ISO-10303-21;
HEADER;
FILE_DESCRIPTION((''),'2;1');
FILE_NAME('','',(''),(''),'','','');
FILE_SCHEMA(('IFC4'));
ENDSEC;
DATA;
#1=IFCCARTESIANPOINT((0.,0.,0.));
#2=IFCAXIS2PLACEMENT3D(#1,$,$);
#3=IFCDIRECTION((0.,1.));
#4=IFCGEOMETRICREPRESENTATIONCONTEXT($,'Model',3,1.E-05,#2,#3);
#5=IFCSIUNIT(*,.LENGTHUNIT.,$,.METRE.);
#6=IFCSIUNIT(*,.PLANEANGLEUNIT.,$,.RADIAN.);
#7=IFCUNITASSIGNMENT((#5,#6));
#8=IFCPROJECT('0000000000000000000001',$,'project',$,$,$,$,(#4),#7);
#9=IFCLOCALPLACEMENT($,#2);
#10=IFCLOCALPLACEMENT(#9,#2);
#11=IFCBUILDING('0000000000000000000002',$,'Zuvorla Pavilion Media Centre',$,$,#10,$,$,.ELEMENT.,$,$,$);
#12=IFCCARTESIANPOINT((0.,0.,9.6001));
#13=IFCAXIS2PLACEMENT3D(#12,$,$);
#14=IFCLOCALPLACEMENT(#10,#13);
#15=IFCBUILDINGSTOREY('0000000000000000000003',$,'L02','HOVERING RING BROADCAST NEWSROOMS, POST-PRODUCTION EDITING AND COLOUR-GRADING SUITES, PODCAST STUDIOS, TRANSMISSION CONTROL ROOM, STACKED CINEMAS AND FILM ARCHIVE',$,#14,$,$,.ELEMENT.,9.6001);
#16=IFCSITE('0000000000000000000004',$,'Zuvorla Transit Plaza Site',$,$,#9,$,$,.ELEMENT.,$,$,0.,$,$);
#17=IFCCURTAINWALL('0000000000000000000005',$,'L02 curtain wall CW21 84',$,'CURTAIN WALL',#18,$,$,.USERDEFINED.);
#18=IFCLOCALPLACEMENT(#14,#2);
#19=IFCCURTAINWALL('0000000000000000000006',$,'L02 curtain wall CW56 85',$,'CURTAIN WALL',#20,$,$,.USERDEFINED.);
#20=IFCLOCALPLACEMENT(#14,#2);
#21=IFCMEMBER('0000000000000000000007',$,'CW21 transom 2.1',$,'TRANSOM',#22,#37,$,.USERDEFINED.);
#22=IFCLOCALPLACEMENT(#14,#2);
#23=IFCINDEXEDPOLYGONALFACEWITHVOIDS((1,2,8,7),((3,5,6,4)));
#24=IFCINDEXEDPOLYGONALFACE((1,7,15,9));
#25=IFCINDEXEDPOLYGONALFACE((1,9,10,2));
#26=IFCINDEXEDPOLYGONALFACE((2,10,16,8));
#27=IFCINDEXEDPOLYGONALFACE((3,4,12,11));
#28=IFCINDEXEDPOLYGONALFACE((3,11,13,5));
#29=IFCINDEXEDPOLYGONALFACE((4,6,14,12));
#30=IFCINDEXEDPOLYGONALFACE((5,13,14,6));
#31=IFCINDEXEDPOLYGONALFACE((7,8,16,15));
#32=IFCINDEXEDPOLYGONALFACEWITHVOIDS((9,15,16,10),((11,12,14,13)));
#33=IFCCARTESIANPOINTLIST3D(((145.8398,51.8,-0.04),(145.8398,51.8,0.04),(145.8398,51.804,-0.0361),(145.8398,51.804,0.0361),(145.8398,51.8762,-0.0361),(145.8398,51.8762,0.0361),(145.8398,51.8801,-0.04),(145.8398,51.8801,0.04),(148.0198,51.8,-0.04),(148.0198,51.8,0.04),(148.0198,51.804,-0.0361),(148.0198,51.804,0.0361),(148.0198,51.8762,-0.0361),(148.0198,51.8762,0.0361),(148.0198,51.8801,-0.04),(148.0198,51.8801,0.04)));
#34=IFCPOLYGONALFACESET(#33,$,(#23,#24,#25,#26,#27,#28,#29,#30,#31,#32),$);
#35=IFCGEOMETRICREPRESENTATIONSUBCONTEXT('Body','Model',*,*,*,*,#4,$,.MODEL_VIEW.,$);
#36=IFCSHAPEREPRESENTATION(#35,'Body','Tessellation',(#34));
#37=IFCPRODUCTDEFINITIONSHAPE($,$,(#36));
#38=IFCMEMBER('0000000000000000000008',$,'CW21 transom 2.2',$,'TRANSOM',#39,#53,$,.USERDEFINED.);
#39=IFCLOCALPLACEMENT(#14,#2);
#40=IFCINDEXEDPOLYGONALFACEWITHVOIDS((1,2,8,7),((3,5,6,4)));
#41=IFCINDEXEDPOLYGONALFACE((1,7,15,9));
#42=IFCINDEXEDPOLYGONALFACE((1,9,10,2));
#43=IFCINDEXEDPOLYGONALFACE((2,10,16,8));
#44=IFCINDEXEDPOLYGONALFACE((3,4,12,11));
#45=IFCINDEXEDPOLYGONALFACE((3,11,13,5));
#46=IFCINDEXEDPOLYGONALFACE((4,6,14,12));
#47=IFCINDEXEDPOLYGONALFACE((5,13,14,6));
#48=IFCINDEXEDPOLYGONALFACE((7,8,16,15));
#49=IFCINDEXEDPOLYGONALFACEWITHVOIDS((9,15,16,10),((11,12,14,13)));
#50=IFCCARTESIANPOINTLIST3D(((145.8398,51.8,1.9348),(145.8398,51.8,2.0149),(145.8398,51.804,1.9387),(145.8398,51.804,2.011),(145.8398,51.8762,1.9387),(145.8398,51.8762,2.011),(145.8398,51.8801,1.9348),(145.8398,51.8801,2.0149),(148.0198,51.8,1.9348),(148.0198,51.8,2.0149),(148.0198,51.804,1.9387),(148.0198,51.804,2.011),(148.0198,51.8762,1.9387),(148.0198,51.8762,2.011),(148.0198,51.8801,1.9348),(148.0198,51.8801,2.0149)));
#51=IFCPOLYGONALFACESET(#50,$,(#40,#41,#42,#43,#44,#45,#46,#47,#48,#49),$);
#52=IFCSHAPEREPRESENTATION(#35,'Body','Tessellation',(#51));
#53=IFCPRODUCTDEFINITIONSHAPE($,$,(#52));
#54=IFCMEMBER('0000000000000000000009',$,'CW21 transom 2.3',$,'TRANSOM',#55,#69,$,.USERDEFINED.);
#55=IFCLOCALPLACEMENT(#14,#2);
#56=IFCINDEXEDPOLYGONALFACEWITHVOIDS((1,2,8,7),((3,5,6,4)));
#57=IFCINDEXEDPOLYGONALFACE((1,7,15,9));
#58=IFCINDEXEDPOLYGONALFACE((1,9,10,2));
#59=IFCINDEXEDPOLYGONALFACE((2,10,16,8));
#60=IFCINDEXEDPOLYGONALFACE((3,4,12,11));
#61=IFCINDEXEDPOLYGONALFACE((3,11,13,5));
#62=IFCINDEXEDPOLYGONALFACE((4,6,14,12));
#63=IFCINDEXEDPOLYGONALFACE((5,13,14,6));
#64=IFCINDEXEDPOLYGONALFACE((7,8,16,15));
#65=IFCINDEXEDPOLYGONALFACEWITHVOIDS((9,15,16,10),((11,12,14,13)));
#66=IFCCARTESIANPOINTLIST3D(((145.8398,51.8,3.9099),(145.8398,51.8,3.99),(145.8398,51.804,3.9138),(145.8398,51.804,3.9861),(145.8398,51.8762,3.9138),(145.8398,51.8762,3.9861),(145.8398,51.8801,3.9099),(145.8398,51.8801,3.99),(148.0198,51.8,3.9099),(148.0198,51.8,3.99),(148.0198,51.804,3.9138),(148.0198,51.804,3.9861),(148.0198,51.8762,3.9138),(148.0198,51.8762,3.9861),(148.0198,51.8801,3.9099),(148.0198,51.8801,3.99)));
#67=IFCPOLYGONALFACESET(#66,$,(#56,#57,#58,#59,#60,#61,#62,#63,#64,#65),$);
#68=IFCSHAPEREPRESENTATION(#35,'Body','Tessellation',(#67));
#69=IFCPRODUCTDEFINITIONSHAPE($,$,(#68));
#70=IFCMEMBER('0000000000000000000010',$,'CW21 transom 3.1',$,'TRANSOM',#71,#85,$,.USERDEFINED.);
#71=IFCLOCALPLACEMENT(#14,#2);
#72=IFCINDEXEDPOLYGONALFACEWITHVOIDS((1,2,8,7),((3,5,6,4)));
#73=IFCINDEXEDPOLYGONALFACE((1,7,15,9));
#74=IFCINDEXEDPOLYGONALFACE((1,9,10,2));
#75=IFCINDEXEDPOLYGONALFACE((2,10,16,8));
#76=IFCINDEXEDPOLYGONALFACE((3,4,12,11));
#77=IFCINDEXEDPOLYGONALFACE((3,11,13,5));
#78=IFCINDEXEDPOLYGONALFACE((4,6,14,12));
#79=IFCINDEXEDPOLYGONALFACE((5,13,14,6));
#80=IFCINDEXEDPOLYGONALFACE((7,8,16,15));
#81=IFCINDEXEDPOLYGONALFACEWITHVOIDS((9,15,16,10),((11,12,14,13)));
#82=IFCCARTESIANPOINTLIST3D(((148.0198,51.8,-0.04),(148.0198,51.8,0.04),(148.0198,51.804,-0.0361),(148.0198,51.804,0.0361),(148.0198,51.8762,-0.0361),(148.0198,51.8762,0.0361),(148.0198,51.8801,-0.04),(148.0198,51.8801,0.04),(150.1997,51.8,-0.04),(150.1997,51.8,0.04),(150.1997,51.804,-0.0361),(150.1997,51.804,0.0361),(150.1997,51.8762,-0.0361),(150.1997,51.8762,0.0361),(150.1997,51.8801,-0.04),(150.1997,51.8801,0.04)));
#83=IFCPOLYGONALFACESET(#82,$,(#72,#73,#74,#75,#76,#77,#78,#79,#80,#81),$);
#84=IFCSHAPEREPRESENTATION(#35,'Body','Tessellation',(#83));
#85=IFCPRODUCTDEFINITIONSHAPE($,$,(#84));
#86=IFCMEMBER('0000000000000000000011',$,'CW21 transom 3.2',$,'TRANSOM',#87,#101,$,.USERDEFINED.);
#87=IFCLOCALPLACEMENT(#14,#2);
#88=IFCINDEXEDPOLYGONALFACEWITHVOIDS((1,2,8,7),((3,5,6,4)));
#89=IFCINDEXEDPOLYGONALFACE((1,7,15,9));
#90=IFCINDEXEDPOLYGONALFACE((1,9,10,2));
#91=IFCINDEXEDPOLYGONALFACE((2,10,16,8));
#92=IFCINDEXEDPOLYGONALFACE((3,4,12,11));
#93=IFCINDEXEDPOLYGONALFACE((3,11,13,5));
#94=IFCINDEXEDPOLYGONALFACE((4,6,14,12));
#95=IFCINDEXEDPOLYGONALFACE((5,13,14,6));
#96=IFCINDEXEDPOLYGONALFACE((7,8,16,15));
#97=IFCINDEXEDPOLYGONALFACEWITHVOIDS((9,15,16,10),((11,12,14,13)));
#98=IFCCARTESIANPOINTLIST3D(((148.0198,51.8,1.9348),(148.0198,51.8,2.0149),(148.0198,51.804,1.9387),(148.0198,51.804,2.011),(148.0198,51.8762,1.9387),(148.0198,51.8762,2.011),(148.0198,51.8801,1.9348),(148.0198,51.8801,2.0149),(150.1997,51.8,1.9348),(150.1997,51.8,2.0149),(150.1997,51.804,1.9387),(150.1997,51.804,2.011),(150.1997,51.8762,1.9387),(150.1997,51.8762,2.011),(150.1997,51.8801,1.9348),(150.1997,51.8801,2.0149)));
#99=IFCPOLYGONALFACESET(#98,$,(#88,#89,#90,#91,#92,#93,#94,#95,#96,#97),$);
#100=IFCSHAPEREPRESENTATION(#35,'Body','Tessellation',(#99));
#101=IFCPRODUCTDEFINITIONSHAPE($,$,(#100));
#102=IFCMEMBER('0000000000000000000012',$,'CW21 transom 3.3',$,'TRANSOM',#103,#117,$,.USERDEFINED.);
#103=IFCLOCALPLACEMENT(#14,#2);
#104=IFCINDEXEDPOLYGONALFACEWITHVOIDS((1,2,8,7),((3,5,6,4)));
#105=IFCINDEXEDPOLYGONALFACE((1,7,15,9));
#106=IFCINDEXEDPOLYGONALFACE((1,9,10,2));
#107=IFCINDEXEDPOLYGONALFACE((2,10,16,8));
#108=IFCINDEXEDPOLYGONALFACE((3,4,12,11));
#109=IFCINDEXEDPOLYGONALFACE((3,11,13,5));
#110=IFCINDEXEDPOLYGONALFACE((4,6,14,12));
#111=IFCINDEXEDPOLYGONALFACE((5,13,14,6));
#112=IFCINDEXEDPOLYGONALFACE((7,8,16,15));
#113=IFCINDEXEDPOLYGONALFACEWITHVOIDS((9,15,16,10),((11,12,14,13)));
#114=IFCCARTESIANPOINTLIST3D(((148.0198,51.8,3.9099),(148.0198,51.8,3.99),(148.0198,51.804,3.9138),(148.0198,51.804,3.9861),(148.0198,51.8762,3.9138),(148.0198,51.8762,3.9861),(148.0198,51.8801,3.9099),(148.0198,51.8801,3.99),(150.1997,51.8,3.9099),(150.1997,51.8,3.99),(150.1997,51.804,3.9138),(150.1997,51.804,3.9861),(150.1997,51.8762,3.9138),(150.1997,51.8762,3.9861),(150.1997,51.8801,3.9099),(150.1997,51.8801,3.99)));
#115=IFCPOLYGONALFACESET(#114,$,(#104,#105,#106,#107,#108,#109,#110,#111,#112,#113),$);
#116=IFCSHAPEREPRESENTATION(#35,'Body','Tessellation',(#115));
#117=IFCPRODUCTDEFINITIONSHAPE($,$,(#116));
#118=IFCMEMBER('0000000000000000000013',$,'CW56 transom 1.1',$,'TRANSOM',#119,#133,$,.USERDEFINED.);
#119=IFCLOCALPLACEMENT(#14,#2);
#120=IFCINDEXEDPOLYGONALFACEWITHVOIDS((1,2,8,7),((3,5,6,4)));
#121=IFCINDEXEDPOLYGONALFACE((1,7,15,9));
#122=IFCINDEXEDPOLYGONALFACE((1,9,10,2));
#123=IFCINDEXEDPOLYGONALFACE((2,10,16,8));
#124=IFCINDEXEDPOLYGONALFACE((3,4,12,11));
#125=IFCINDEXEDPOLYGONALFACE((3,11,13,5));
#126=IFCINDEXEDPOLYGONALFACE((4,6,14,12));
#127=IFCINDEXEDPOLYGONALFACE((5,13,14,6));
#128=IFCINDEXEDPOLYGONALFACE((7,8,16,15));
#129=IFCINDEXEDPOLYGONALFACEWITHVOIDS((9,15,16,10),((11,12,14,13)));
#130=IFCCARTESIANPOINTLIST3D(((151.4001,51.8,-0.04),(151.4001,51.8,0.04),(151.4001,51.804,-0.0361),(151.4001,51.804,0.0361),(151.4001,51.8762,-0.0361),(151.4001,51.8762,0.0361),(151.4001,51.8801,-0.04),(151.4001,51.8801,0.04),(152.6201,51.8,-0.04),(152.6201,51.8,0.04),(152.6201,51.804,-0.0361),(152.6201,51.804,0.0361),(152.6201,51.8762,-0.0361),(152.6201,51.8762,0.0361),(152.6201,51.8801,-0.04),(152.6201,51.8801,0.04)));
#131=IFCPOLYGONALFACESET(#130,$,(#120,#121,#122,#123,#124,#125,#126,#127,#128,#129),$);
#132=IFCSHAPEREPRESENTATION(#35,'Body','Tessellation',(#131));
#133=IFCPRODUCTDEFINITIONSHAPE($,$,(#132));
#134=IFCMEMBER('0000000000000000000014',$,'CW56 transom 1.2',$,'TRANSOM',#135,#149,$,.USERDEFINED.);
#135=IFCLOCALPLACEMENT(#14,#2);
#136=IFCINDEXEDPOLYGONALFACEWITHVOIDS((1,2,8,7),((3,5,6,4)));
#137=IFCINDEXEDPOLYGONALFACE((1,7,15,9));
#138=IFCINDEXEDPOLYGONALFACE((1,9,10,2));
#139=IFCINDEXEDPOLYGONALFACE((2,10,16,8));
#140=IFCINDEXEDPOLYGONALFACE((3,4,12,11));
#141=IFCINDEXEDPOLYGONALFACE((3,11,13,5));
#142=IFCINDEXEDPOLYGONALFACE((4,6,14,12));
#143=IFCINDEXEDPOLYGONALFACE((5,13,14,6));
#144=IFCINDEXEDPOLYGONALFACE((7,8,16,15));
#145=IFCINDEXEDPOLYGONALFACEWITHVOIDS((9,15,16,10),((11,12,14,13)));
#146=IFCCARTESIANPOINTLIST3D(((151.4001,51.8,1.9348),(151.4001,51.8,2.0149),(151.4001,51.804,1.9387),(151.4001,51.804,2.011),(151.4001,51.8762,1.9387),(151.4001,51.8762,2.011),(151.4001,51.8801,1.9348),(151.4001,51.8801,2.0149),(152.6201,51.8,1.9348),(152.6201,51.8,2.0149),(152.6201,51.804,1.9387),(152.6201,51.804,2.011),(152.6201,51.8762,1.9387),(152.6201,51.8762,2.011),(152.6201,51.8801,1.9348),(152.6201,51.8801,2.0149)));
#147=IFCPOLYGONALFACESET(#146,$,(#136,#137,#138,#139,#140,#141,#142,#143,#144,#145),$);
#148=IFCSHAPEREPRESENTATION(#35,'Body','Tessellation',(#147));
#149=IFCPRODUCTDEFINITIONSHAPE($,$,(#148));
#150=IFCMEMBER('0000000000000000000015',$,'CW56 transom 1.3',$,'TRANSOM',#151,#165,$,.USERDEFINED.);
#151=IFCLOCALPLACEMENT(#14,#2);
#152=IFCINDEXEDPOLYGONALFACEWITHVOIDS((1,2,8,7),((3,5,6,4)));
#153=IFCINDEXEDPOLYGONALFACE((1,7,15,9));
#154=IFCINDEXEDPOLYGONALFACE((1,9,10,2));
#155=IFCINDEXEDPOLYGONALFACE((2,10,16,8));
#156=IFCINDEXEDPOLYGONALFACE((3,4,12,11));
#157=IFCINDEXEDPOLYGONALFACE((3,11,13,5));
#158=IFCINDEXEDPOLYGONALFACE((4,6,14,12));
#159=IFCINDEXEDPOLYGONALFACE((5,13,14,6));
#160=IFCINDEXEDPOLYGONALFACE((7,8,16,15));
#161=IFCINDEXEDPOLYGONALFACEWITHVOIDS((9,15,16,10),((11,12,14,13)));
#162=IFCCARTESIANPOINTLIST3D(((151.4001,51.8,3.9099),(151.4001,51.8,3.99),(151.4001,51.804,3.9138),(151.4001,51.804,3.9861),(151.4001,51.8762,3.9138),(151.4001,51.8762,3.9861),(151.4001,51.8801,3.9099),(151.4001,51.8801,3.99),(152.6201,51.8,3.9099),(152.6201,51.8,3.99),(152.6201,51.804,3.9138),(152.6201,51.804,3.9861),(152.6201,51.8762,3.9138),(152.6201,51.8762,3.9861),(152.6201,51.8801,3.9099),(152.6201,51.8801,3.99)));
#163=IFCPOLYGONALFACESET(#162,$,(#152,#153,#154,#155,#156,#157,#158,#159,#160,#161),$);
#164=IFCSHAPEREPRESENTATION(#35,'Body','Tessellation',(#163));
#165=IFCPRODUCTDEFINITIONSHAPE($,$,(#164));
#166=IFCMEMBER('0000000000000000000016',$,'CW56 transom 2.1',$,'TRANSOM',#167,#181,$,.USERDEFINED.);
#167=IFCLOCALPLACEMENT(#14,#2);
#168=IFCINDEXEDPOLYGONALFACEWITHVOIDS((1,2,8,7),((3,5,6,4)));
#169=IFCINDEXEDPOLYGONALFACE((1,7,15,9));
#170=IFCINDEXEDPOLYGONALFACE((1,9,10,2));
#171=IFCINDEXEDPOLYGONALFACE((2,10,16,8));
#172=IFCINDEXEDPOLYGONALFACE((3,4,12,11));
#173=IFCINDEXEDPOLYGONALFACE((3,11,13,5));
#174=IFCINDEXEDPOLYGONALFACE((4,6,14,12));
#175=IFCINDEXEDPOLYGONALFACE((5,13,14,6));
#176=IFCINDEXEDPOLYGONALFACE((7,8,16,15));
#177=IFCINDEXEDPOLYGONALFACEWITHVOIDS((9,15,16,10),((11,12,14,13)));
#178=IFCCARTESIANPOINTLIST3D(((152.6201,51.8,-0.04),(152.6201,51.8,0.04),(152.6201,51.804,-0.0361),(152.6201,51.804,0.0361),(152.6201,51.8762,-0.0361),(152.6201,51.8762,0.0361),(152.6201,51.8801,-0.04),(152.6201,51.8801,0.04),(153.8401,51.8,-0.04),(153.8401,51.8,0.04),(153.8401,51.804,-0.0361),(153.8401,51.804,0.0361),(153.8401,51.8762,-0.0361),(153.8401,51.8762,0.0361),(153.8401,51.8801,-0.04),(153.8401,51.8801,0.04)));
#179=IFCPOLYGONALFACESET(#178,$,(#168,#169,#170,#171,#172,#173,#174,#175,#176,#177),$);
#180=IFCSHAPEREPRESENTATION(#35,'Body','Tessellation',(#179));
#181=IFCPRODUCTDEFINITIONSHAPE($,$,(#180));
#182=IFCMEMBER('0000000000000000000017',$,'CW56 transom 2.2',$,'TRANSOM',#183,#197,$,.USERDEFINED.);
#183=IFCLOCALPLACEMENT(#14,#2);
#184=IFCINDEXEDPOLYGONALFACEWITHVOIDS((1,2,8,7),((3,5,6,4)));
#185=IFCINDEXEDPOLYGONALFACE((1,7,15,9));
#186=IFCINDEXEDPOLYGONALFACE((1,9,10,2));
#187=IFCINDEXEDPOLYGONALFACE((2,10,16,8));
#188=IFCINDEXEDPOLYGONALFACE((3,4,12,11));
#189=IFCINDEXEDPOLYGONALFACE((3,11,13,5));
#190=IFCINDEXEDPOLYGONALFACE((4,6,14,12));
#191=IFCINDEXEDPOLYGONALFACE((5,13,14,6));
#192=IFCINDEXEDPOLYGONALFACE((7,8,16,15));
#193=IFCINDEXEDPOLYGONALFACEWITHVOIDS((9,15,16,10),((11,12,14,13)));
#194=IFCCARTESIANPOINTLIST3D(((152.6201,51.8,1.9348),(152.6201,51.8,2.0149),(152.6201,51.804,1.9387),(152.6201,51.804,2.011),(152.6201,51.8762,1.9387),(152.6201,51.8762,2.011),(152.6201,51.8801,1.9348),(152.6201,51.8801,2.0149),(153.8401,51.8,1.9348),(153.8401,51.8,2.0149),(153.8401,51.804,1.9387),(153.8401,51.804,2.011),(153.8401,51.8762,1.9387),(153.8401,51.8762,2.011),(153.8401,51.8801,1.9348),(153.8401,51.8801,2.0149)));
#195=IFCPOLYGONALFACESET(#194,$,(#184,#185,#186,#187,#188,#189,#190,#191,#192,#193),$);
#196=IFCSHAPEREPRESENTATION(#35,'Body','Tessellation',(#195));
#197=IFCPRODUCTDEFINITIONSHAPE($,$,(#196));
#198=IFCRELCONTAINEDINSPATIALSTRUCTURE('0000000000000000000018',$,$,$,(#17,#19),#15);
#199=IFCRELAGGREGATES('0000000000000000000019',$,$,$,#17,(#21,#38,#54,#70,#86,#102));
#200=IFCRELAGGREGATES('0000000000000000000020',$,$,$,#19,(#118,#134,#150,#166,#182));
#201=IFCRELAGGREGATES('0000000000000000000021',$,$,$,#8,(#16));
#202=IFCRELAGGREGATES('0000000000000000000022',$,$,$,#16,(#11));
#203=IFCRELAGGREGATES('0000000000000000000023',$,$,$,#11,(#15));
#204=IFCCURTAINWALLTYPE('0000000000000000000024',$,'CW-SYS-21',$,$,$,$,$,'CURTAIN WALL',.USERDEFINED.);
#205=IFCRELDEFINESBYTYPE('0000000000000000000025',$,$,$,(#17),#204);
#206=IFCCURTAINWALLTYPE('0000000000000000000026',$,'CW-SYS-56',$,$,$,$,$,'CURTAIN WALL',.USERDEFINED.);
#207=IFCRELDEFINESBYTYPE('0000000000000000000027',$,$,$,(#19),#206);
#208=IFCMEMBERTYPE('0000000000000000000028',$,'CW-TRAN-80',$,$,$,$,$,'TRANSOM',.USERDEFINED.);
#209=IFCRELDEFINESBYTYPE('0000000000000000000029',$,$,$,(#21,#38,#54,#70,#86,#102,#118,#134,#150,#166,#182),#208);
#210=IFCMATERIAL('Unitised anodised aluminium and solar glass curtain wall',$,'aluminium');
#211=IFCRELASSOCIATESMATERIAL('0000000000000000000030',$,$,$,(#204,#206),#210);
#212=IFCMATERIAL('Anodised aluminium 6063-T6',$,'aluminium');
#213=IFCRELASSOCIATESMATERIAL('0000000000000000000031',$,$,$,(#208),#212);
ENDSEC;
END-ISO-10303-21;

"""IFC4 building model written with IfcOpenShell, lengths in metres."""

from ifc_helpers import new_model, si_unit, direction, frame, origin, origin_2d, place, context, subcontext, project, spatial, hollow_rectangle, extrude, material, material_profile, profile_set, type_object, element, aggregate, save


model = new_model("IFC4")

# Units and contexts
model_context = context("Model", 3, precision=1e-05, world=origin(), true_north=direction((0.0, 1.0)))
body_context = subcontext(model_context, "Body", "Model", "MODEL_VIEW")
ifc_project = project(units=[si_unit("LENGTHUNIT", "METRE"), si_unit("PLANEANGLEUNIT", "RADIAN")], contexts=[model_context])

# Site, building, storey
site_placement = place(None, origin())
site = spatial("IfcSite", under=ifc_project, at=site_placement, Name="Zuvorla Transit Plaza Site", CompositionType="ELEMENT", RefElevation=0.0)
building_placement = place(site_placement, origin())
building = spatial("IfcBuilding", under=site, at=building_placement, Name="Zuvorla Pavilion Media Centre", CompositionType="ELEMENT")
storey_placement = place(building_placement, frame((0.0, 0.0, 9.6001)))
storey = spatial("IfcBuildingStorey", under=building, at=storey_placement, Name="L02", Description="HOVERING RING BROADCAST NEWSROOMS, POST-PRODUCTION EDITING AND COLOUR-GRADING SUITES, PODCAST STUDIOS, TRANSMISSION CONTROL ROOM, STACKED CINEMAS AND FILM ARCHIVE", CompositionType="ELEMENT", Elevation=9.6001)

# Curtain walls
ifc_material_1 = material(Name="Unitised anodised aluminium and solar glass curtain wall", Category="aluminium")
curtain_wall_type_1 = type_object("IfcCurtainWallType", Name="CW-SYS-21", ElementType="CURTAIN WALL", PredefinedType="USERDEFINED", material=ifc_material_1)
curtain_wall_1_placement = place(storey_placement, origin())
curtain_wall_1 = element("IfcCurtainWall", 1, at=curtain_wall_1_placement, inside=storey, type_object=curtain_wall_type_1, Name="L02 curtain wall CW21 84", ObjectType="CURTAIN WALL", PredefinedType="USERDEFINED")
ifc_material_2 = material(Name="Anodised aluminium 6063-T6", Category="aluminium")
curtain_wall_type_2 = type_object("IfcCurtainWallType", Name="CW-SYS-56", ElementType="CURTAIN WALL", PredefinedType="USERDEFINED", material=ifc_material_1)
curtain_wall_2_placement = place(storey_placement, origin())
curtain_wall_2 = element("IfcCurtainWall", 2, at=curtain_wall_2_placement, inside=storey, type_object=curtain_wall_type_2, Name="L02 curtain wall CW56 85", ObjectType="CURTAIN WALL", PredefinedType="USERDEFINED")

# Members
ifc_material_profile_1 = material_profile(ifc_material_2, hollow_rectangle(XDim=0.0801, YDim=0.0801, WallThickness=0.0039, at=origin_2d()), Name="ALU TRAN 80x80")
ifc_profile_set_1 = profile_set([ifc_material_profile_1], Name="Anodised aluminium 6063-T6")
member_type_1 = type_object("IfcMemberType", Name="CW-TRAN-80", ElementType="TRANSOM", PredefinedType="USERDEFINED", material=ifc_profile_set_1)
member_1_placement = place(storey_placement, frame((145.8398, 51.8401, 0.0), z_axis=(1.0, 0.0, 0.0), x_axis=(0.0, 1.0, 0.0)))
member_1 = element("IfcMember", 3, at=member_1_placement, type_object=member_type_1, Name="CW21 transom 2.1", ObjectType="TRANSOM", PredefinedType="USERDEFINED", context=body_context, shape_type="SweptSolid", body=[
    extrude(hollow_rectangle(XDim=0.0801, YDim=0.0801, WallThickness=0.0039, at=origin_2d()), origin(), (0.0, 0.0, 1.0), 2.1799),
])
member_2_placement = place(storey_placement, frame((145.8398, 51.8401, 1.9749), z_axis=(1.0, 0.0, 0.0), x_axis=(0.0, 1.0, 0.0)))
member_2 = element("IfcMember", 4, at=member_2_placement, type_object=member_type_1, Name="CW21 transom 2.2", ObjectType="TRANSOM", PredefinedType="USERDEFINED", context=body_context, shape_type="SweptSolid", body=[
    extrude(hollow_rectangle(XDim=0.0801, YDim=0.0801, WallThickness=0.0039, at=origin_2d()), origin(), (0.0, 0.0, 1.0), 2.1799),
])
member_3_placement = place(storey_placement, frame((145.8398, 51.8401, 3.95), z_axis=(1.0, 0.0, 0.0), x_axis=(0.0, 1.0, 0.0)))
member_3 = element("IfcMember", 5, at=member_3_placement, type_object=member_type_1, Name="CW21 transom 2.3", ObjectType="TRANSOM", PredefinedType="USERDEFINED", context=body_context, shape_type="SweptSolid", body=[
    extrude(hollow_rectangle(XDim=0.0801, YDim=0.0801, WallThickness=0.0039, at=origin_2d()), origin(), (0.0, 0.0, 1.0), 2.1799),
])
member_4_placement = place(storey_placement, frame((148.0198, 51.8401, 0.0), z_axis=(1.0, 0.0, 0.0), x_axis=(0.0, 1.0, 0.0)))
member_4 = element("IfcMember", 6, at=member_4_placement, type_object=member_type_1, Name="CW21 transom 3.1", ObjectType="TRANSOM", PredefinedType="USERDEFINED", context=body_context, shape_type="SweptSolid", body=[
    extrude(hollow_rectangle(XDim=0.0801, YDim=0.0801, WallThickness=0.0039, at=origin_2d()), origin(), (0.0, 0.0, 1.0), 2.1799),
])
member_5_placement = place(storey_placement, frame((148.0198, 51.8401, 1.9749), z_axis=(1.0, 0.0, 0.0), x_axis=(0.0, 1.0, 0.0)))
member_5 = element("IfcMember", 7, at=member_5_placement, type_object=member_type_1, Name="CW21 transom 3.2", ObjectType="TRANSOM", PredefinedType="USERDEFINED", context=body_context, shape_type="SweptSolid", body=[
    extrude(hollow_rectangle(XDim=0.0801, YDim=0.0801, WallThickness=0.0039, at=origin_2d()), origin(), (0.0, 0.0, 1.0), 2.1799),
])
member_6_placement = place(storey_placement, frame((148.0198, 51.8401, 3.95), z_axis=(1.0, 0.0, 0.0), x_axis=(0.0, 1.0, 0.0)))
member_6 = element("IfcMember", 8, at=member_6_placement, type_object=member_type_1, Name="CW21 transom 3.3", ObjectType="TRANSOM", PredefinedType="USERDEFINED", context=body_context, shape_type="SweptSolid", body=[
    extrude(hollow_rectangle(XDim=0.0801, YDim=0.0801, WallThickness=0.0039, at=origin_2d()), origin(), (0.0, 0.0, 1.0), 2.1799),
])
member_7_placement = place(storey_placement, frame((151.4001, 51.8401, 0.0), z_axis=(1.0, 0.0, 0.0), x_axis=(0.0, 1.0, 0.0)))
member_7 = element("IfcMember", 9, at=member_7_placement, type_object=member_type_1, Name="CW56 transom 1.1", ObjectType="TRANSOM", PredefinedType="USERDEFINED", context=body_context, shape_type="SweptSolid", body=[
    extrude(hollow_rectangle(XDim=0.0801, YDim=0.0801, WallThickness=0.0039, at=origin_2d()), origin(), (0.0, 0.0, 1.0), 1.22),
])
member_8_placement = place(storey_placement, frame((151.4001, 51.8401, 1.9749), z_axis=(1.0, 0.0, 0.0), x_axis=(0.0, 1.0, 0.0)))
member_8 = element("IfcMember", 10, at=member_8_placement, type_object=member_type_1, Name="CW56 transom 1.2", ObjectType="TRANSOM", PredefinedType="USERDEFINED", context=body_context, shape_type="SweptSolid", body=[
    extrude(hollow_rectangle(XDim=0.0801, YDim=0.0801, WallThickness=0.0039, at=origin_2d()), origin(), (0.0, 0.0, 1.0), 1.22),
])
member_9_placement = place(storey_placement, frame((151.4001, 51.8401, 3.95), z_axis=(1.0, 0.0, 0.0), x_axis=(0.0, 1.0, 0.0)))
member_9 = element("IfcMember", 11, at=member_9_placement, type_object=member_type_1, Name="CW56 transom 1.3", ObjectType="TRANSOM", PredefinedType="USERDEFINED", context=body_context, shape_type="SweptSolid", body=[
    extrude(hollow_rectangle(XDim=0.0801, YDim=0.0801, WallThickness=0.0039, at=origin_2d()), origin(), (0.0, 0.0, 1.0), 1.22),
])
member_10_placement = place(storey_placement, frame((152.6201, 51.8401, 0.0), z_axis=(1.0, 0.0, 0.0), x_axis=(0.0, 1.0, 0.0)))
member_10 = element("IfcMember", 12, at=member_10_placement, type_object=member_type_1, Name="CW56 transom 2.1", ObjectType="TRANSOM", PredefinedType="USERDEFINED", context=body_context, shape_type="SweptSolid", body=[
    extrude(hollow_rectangle(XDim=0.0801, YDim=0.0801, WallThickness=0.0039, at=origin_2d()), origin(), (0.0, 0.0, 1.0), 1.22),
])
member_11_placement = place(storey_placement, frame((152.6201, 51.8401, 1.9749), z_axis=(1.0, 0.0, 0.0), x_axis=(0.0, 1.0, 0.0)))
member_11 = element("IfcMember", 13, at=member_11_placement, type_object=member_type_1, Name="CW56 transom 2.2", ObjectType="TRANSOM", PredefinedType="USERDEFINED", context=body_context, shape_type="SweptSolid", body=[
    extrude(hollow_rectangle(XDim=0.0801, YDim=0.0801, WallThickness=0.0039, at=origin_2d()), origin(), (0.0, 0.0, 1.0), 1.22),
])

aggregate(curtain_wall_1, [member_1, member_2, member_3, member_4, member_5, member_6])
aggregate(curtain_wall_2, [member_7, member_8, member_9, member_10, member_11])

save(model, "model.ifc")
